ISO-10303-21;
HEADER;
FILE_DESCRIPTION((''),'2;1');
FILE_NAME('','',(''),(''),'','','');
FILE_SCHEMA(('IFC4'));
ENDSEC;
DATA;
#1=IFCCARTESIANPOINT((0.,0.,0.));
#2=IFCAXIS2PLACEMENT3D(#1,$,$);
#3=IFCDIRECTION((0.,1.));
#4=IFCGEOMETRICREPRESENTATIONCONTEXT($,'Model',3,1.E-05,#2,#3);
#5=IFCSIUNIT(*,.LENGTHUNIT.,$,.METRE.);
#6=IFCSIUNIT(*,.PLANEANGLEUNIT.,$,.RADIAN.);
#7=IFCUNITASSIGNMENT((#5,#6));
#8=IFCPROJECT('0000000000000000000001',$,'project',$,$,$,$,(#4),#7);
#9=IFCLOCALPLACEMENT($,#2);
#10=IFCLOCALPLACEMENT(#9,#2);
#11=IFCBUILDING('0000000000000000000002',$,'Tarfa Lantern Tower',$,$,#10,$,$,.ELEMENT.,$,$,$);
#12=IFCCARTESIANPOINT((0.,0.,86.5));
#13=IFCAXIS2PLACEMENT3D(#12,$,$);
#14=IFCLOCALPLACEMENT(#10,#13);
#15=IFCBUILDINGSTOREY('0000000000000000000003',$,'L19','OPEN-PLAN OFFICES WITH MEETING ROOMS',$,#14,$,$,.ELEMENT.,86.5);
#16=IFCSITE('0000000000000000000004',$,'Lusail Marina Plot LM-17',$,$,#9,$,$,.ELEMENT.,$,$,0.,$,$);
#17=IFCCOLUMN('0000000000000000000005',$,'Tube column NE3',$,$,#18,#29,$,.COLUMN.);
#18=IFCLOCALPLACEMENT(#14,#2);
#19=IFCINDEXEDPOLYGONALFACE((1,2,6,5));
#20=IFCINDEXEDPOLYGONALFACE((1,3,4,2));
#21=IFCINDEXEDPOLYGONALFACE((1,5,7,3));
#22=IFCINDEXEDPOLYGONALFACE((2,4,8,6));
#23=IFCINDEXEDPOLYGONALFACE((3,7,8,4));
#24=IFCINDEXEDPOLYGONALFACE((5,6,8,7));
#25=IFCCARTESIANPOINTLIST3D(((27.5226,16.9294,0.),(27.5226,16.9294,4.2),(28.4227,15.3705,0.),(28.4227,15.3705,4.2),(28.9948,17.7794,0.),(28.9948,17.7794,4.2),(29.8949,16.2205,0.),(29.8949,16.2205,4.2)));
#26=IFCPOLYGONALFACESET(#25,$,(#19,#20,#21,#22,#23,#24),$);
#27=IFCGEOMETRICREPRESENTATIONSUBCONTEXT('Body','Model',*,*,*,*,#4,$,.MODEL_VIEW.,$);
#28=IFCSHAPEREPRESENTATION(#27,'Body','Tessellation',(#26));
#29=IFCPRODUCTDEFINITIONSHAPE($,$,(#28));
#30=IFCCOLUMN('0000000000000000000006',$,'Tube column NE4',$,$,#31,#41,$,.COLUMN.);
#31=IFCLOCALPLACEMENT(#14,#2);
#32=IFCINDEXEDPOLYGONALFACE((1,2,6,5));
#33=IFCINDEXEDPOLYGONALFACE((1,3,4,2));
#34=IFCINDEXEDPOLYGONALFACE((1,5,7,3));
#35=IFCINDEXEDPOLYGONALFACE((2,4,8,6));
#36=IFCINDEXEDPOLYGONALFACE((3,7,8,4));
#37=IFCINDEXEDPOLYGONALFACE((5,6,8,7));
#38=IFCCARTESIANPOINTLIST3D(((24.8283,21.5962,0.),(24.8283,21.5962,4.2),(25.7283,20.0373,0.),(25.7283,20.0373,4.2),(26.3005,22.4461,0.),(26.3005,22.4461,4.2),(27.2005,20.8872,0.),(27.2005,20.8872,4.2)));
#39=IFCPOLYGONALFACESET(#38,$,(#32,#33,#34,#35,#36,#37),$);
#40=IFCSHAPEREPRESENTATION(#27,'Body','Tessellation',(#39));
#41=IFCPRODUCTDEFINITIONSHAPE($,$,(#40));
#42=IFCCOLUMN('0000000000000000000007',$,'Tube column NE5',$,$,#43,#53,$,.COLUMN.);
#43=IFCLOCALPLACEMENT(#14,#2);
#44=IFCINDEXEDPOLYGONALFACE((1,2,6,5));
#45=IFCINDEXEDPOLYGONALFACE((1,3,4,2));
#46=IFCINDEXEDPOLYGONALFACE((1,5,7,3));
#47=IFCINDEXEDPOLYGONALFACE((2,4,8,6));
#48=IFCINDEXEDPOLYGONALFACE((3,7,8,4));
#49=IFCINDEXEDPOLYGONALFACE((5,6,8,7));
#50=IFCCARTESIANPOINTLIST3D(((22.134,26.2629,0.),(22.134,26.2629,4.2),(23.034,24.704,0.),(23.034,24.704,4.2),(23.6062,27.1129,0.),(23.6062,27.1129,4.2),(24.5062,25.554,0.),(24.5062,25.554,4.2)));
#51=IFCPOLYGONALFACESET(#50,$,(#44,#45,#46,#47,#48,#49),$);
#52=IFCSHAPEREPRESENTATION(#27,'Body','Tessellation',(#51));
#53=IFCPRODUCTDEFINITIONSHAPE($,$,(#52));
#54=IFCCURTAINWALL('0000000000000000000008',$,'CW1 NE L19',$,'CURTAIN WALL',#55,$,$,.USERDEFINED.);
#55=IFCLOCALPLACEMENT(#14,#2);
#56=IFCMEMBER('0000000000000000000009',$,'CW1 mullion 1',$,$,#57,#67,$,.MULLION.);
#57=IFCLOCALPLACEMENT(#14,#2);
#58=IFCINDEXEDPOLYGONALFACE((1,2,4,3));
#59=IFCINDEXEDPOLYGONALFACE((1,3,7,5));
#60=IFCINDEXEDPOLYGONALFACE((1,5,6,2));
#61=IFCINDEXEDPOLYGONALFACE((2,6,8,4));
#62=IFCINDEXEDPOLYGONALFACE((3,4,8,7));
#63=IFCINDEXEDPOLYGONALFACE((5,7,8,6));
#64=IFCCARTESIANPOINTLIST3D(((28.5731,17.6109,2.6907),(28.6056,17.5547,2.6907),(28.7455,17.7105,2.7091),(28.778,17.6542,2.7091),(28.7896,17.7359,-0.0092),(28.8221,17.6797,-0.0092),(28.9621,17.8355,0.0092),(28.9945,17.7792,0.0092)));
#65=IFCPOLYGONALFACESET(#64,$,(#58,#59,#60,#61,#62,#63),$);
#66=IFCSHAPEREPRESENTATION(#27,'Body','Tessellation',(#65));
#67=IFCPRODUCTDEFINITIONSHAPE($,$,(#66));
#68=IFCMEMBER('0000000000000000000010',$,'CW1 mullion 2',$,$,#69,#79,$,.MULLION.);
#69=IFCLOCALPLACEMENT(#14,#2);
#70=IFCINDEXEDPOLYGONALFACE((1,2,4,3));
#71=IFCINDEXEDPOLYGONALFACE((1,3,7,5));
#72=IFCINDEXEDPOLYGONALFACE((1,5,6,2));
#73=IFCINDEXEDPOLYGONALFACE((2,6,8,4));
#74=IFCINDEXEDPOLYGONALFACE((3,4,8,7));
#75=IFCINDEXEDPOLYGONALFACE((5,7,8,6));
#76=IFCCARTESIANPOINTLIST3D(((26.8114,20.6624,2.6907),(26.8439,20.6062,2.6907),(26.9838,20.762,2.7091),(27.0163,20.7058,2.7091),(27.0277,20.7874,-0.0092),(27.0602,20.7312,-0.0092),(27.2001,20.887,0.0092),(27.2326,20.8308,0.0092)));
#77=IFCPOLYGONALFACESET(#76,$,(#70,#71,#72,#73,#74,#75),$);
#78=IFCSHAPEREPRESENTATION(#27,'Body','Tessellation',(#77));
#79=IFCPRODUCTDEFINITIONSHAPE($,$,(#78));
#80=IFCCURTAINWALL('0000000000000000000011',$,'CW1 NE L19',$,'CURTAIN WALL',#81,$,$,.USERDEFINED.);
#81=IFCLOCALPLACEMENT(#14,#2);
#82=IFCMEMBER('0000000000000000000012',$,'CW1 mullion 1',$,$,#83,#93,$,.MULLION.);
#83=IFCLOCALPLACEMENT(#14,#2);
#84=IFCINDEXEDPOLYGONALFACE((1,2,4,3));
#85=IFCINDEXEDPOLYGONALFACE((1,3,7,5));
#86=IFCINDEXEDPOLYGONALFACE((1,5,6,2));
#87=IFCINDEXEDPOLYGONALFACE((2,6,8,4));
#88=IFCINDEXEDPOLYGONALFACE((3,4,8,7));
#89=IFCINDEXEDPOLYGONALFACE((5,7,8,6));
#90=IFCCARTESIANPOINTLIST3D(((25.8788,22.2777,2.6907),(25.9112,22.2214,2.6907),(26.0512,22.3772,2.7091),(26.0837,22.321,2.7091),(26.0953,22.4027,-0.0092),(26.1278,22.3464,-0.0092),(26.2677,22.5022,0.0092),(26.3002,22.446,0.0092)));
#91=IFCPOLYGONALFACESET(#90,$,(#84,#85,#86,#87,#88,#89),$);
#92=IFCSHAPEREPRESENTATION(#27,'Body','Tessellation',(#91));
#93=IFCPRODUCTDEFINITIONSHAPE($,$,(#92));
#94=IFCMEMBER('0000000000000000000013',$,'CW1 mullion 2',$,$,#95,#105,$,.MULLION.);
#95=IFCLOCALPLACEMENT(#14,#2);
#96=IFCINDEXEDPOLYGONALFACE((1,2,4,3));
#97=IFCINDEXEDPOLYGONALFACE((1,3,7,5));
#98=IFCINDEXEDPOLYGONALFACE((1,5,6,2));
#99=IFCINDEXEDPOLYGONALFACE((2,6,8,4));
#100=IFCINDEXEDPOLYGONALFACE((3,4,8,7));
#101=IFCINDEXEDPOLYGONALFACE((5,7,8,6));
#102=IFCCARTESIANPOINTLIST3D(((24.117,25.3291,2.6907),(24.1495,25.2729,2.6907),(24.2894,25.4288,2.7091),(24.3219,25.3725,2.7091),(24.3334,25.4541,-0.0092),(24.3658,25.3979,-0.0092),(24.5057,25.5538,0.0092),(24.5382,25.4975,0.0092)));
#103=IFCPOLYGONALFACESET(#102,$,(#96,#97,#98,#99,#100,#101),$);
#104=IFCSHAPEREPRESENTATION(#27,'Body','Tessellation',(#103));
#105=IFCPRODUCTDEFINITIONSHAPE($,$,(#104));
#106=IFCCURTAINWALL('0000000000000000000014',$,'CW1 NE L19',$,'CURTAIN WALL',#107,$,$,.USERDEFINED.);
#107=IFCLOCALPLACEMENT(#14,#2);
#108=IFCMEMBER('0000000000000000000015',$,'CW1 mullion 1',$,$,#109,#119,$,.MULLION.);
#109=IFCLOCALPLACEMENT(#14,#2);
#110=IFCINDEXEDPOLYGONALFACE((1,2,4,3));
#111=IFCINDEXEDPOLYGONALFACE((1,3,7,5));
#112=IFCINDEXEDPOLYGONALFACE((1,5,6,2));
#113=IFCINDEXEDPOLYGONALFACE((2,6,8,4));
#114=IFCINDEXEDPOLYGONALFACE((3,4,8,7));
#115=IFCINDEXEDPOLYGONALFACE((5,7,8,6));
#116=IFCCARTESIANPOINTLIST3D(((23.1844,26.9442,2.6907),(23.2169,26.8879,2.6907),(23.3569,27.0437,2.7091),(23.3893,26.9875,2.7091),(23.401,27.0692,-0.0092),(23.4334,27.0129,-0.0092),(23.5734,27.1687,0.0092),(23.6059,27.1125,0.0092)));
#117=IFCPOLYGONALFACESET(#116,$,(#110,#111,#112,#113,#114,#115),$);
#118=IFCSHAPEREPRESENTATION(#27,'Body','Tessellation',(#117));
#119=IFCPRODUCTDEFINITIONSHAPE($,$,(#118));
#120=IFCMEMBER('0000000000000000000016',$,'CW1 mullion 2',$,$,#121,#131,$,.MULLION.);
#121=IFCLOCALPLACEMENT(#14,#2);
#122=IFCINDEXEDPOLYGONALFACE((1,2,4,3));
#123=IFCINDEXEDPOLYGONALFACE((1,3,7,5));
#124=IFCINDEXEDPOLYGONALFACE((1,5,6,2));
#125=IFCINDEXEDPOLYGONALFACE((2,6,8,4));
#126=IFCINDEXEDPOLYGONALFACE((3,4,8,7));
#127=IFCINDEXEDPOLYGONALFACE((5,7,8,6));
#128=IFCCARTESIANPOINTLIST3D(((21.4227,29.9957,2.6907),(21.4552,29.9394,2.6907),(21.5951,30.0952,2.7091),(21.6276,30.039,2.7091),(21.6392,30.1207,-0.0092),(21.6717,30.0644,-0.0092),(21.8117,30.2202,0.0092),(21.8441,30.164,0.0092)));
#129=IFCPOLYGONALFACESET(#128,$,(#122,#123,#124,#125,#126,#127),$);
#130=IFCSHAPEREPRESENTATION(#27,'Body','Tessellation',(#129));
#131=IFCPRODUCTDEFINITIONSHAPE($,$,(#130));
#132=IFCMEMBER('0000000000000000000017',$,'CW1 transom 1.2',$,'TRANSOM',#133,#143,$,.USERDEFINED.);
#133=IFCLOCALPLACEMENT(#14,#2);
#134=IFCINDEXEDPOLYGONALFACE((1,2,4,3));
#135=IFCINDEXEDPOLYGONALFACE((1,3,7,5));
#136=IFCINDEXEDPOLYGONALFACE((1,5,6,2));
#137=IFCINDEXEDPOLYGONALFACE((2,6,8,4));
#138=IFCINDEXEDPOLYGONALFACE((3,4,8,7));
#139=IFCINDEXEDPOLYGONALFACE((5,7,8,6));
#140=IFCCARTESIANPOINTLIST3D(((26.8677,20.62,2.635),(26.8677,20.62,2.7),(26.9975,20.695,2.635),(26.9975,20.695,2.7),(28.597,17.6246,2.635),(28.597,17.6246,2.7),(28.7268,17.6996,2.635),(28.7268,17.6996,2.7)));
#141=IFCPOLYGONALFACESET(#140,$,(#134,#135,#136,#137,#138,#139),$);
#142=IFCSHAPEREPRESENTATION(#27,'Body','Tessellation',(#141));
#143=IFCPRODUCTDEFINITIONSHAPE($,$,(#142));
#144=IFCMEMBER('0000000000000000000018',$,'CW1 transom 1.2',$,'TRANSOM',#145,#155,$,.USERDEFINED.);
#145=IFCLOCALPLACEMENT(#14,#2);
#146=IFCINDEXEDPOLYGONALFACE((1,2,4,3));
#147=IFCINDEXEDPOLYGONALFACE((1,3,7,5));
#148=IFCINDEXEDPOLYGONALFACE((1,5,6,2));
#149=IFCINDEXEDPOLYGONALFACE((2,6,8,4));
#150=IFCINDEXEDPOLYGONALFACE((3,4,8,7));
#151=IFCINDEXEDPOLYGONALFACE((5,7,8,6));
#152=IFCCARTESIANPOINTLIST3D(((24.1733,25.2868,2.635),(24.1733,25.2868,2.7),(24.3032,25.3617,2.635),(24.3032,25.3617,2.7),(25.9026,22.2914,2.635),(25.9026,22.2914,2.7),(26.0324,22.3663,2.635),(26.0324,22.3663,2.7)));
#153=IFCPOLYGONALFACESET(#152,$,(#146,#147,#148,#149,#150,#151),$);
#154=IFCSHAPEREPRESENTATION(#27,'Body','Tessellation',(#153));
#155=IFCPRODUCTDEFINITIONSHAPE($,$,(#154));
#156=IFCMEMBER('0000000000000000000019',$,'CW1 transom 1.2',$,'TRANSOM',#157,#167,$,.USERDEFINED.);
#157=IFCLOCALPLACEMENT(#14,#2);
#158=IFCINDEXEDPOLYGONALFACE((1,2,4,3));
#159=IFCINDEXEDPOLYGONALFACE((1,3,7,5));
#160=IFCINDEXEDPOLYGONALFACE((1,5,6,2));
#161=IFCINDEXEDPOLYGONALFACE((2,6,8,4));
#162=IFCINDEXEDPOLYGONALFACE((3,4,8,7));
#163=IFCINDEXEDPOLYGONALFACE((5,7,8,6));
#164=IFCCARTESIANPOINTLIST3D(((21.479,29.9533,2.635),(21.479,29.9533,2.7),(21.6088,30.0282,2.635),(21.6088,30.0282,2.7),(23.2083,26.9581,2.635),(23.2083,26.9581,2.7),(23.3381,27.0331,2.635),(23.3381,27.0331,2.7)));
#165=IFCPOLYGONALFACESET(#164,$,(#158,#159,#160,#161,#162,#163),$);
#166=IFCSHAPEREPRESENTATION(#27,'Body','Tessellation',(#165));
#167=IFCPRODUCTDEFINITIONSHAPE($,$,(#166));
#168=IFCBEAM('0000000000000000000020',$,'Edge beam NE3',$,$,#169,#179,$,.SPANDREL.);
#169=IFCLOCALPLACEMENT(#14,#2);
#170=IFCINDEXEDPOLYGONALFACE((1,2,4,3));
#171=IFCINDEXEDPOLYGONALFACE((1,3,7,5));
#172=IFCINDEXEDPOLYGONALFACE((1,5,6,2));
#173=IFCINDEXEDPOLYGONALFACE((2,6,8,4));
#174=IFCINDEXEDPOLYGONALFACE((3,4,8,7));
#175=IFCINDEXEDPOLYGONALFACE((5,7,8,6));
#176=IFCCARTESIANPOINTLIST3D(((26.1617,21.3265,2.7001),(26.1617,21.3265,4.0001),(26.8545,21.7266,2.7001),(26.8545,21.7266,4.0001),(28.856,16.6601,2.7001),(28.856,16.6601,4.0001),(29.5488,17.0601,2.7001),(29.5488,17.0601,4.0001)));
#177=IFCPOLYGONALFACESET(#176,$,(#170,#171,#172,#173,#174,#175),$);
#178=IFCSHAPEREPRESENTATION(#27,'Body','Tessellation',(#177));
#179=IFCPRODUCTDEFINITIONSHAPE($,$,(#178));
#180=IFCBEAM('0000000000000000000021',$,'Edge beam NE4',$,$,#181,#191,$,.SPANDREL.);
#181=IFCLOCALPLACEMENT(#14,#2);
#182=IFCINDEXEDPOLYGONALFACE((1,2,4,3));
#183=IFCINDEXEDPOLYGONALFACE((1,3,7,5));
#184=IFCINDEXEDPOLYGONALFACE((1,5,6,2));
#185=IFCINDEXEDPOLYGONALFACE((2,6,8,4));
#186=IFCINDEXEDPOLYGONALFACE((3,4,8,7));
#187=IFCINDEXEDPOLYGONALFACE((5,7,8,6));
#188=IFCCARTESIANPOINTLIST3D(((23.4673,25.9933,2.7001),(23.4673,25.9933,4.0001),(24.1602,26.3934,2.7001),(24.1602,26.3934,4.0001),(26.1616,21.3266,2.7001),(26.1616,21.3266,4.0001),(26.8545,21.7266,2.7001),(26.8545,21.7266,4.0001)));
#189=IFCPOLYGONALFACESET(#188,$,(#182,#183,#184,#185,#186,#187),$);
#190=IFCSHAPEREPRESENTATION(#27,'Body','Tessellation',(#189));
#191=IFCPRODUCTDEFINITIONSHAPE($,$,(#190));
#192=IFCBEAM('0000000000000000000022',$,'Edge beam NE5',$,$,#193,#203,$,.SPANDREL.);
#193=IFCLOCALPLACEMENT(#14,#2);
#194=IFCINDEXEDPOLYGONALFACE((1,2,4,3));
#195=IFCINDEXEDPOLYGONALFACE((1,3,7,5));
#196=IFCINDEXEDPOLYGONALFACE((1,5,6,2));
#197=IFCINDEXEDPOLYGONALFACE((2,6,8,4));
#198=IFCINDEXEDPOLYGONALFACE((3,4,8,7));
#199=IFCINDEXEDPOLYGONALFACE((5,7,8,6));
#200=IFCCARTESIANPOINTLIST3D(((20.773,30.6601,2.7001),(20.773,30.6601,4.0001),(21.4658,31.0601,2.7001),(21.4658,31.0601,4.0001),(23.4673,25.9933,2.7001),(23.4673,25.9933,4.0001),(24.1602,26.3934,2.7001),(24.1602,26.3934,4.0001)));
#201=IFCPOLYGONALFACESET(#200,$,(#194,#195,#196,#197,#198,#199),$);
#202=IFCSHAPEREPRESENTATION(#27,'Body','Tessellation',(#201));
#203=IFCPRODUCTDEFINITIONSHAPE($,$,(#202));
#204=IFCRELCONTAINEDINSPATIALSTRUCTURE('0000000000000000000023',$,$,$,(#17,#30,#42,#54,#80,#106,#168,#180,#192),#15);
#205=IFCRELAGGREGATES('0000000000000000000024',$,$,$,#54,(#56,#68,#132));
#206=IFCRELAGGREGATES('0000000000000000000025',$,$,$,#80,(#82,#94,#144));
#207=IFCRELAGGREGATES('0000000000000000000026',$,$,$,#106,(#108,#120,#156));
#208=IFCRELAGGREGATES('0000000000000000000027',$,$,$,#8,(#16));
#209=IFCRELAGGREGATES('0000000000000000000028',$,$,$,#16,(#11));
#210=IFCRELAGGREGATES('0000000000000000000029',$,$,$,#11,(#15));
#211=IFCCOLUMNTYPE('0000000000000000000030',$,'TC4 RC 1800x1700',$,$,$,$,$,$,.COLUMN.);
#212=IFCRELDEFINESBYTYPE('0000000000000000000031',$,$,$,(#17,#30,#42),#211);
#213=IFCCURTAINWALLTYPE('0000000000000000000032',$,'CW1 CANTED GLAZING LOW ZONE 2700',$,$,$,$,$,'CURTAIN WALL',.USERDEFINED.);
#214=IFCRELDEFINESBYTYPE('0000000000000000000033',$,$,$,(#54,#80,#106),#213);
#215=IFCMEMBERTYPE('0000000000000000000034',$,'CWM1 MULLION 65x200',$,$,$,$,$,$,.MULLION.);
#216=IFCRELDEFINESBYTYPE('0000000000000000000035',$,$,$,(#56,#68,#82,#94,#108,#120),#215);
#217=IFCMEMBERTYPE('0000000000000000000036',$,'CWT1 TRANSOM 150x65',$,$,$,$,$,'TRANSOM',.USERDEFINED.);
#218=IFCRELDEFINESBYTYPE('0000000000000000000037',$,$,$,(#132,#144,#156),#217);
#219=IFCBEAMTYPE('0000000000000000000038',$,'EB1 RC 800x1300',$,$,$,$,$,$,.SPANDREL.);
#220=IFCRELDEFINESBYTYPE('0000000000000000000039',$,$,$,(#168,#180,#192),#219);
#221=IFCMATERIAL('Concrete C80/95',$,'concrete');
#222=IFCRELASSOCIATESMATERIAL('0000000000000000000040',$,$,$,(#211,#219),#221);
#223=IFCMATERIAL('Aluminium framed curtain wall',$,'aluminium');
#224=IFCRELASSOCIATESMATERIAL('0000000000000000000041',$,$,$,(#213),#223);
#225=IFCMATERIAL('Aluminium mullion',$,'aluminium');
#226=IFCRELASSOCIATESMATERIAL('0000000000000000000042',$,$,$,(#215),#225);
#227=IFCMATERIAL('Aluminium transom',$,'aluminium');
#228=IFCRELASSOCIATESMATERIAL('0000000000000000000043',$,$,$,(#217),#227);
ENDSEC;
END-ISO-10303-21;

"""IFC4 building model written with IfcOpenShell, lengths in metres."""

from ifc_helpers import new_model, si_unit, direction, frame, origin, origin_2d, place, context, subcontext, project, spatial, rectangle, extrude, material, material_profile, profile_set, type_object, element, aggregate, save


model = new_model("IFC4")

# Units and contexts
model_context = context("Model", 3, precision=1e-05, world=origin(), true_north=direction((0.0, 1.0)))
body_context = subcontext(model_context, "Body", "Model", "MODEL_VIEW")
ifc_project = project(units=[si_unit("LENGTHUNIT", "METRE"), si_unit("PLANEANGLEUNIT", "RADIAN")], contexts=[model_context])

# Site, building, storey
site_placement = place(None, origin())
site = spatial("IfcSite", under=ifc_project, at=site_placement, Name="Lusail Marina Plot LM-17", CompositionType="ELEMENT", RefElevation=0.0)
building_placement = place(site_placement, origin())
building = spatial("IfcBuilding", under=site, at=building_placement, Name="Tarfa Lantern Tower", CompositionType="ELEMENT")
storey_placement = place(building_placement, frame((0.0, 0.0, 86.5)))
storey = spatial("IfcBuildingStorey", under=building, at=storey_placement, Name="L19", Description="OPEN-PLAN OFFICES WITH MEETING ROOMS", CompositionType="ELEMENT", Elevation=86.5)

# Columns
ifc_material_1 = material(Name="Concrete C80/95", Category="concrete")
ifc_material_profile_1 = material_profile(ifc_material_1, rectangle(XDim=1.8, YDim=1.7, at=origin_2d()), Name="RC 1800x1700")
ifc_profile_set_1 = profile_set([ifc_material_profile_1], Name="Concrete C80/95")
column_type = type_object("IfcColumnType", Name="TC4 RC 1800x1700", PredefinedType="COLUMN", material=ifc_profile_set_1)
for number, where, z_axis, x_axis, name in (
    (1, (28.7087, 16.575, 0.0), (0.0, 0.0, 1.0), (-0.5, 0.866025, 0.0), "Tube column NE3"),
    (2, (26.0144, 21.2417, 0.0), (0.0, 0.0, 1.0), (-0.5, 0.866025, 0.0), "Tube column NE4"),
    (3, (23.3201, 25.9084, 0.0), (0.0, 0.0, 1.0), (-0.5, 0.866025, 0.0), "Tube column NE5"),
):
    element("IfcColumn", number, at=place(storey_placement, frame(where, z_axis=z_axis, x_axis=x_axis)), inside=storey, type_object=column_type, Name=name, PredefinedType="COLUMN", context=body_context, shape_type="SweptSolid", body=[
        extrude(rectangle(XDim=1.8, YDim=1.7, at=origin_2d()), origin(), (0.0, 0.0, 1.0), 4.2),
    ])

# Curtain walls, members
ifc_material_2 = material(Name="Aluminium framed curtain wall", Category="aluminium")
curtain_wall_type = type_object("IfcCurtainWallType", Name="CW1 CANTED GLAZING LOW ZONE 2700", ElementType="CURTAIN WALL", PredefinedType="USERDEFINED", material=ifc_material_2)
curtain_wall_1_placement = place(storey_placement, origin())
curtain_wall_1 = element("IfcCurtainWall", 4, at=curtain_wall_1_placement, inside=storey, type_object=curtain_wall_type, Name="CW1 NE L19", ObjectType="CURTAIN WALL", PredefinedType="USERDEFINED")
ifc_material_3 = material(Name="Aluminium mullion", Category="aluminium")
ifc_material_profile_2 = material_profile(ifc_material_3, rectangle(XDim=0.0649, YDim=0.2, at=origin_2d()), Name="AL MULLION 65x200")
ifc_profile_set_2 = profile_set([ifc_material_profile_2], Name="Aluminium mullion")
member_type_1 = type_object("IfcMemberType", Name="CWM1 MULLION 65x200", PredefinedType="MULLION", material=ifc_profile_set_2)
member_1_placement = place(storey_placement, frame((28.8921, 17.7576, 0.0), z_axis=(-0.079864, -0.0461, 0.995739), x_axis=(0.49992, -0.866072, 0.0)))
member_1 = element("IfcMember", 5, at=member_1_placement, type_object=member_type_1, Name="CW1 mullion 1", PredefinedType="MULLION", context=body_context, shape_type="SweptSolid", body=[
    extrude(rectangle(XDim=0.0649, YDim=0.2, at=origin_2d()), origin(), (0.0, 0.0, 1.0), 2.7114),
])
member_2_placement = place(storey_placement, frame((27.1301, 20.8091, 0.0), z_axis=(-0.079775, -0.0461, 0.995746), x_axis=(0.500343, -0.865827, 0.0)))
member_2 = element("IfcMember", 6, at=member_2_placement, type_object=member_type_1, Name="CW1 mullion 2", PredefinedType="MULLION", context=body_context, shape_type="SweptSolid", body=[
    extrude(rectangle(XDim=0.0649, YDim=0.2, at=origin_2d()), origin(), (0.0, 0.0, 1.0), 2.7114),
])
curtain_wall_2_placement = place(storey_placement, origin())
curtain_wall_2 = element("IfcCurtainWall", 7, at=curtain_wall_2_placement, inside=storey, type_object=curtain_wall_type, Name="CW1 NE L19", ObjectType="CURTAIN WALL", PredefinedType="USERDEFINED")
member_3_placement = place(storey_placement, frame((26.1978, 22.4243, 0.0), z_axis=(-0.079864, -0.0461, 0.995739), x_axis=(0.49992, -0.866072, 0.0)))
member_3 = element("IfcMember", 8, at=member_3_placement, type_object=member_type_1, Name="CW1 mullion 1", PredefinedType="MULLION", context=body_context, shape_type="SweptSolid", body=[
    extrude(rectangle(XDim=0.0649, YDim=0.2, at=origin_2d()), origin(), (0.0, 0.0, 1.0), 2.7114),
])
member_4_placement = place(storey_placement, frame((24.4358, 25.4758, 0.0), z_axis=(-0.079775, -0.0461, 0.995746), x_axis=(0.500343, -0.865827, 0.0)))
member_4 = element("IfcMember", 9, at=member_4_placement, type_object=member_type_1, Name="CW1 mullion 2", PredefinedType="MULLION", context=body_context, shape_type="SweptSolid", body=[
    extrude(rectangle(XDim=0.0649, YDim=0.2, at=origin_2d()), origin(), (0.0, 0.0, 1.0), 2.7114),
])
curtain_wall_3_placement = place(storey_placement, origin())
curtain_wall_3 = element("IfcCurtainWall", 10, at=curtain_wall_3_placement, inside=storey, type_object=curtain_wall_type, Name="CW1 NE L19", ObjectType="CURTAIN WALL", PredefinedType="USERDEFINED")
member_5_placement = place(storey_placement, frame((23.5034, 27.0908, 0.0), z_axis=(-0.079864, -0.0461, 0.995739), x_axis=(0.49992, -0.866072, 0.0)))
member_5 = element("IfcMember", 11, at=member_5_placement, type_object=member_type_1, Name="CW1 mullion 1", PredefinedType="MULLION", context=body_context, shape_type="SweptSolid", body=[
    extrude(rectangle(XDim=0.0649, YDim=0.2, at=origin_2d()), origin(), (0.0, 0.0, 1.0), 2.7114),
])
member_6_placement = place(storey_placement, frame((21.7417, 30.1423, 0.0), z_axis=(-0.079864, -0.0461, 0.995739), x_axis=(0.49992, -0.866072, 0.0)))
member_6 = element("IfcMember", 12, at=member_6_placement, type_object=member_type_1, Name="CW1 mullion 2", PredefinedType="MULLION", context=body_context, shape_type="SweptSolid", body=[
    extrude(rectangle(XDim=0.0649, YDim=0.2, at=origin_2d()), origin(), (0.0, 0.0, 1.0), 2.7114),
])

# Members
ifc_material_4 = material(Name="Aluminium transom", Category="aluminium")
ifc_material_profile_3 = material_profile(ifc_material_4, rectangle(XDim=0.1499, YDim=0.0649, at=origin_2d()), Name="AL TRANSOM 150x65")
ifc_profile_set_3 = profile_set([ifc_material_profile_3], Name="Aluminium transom")
member_type_2 = type_object("IfcMemberType", Name="CWT1 TRANSOM 150x65", ElementType="TRANSOM", PredefinedType="USERDEFINED", material=ifc_profile_set_3)
member_7_placement = place(storey_placement, frame((28.6619, 17.6621, 2.6675), z_axis=(-0.499973, 0.866041, 0.0), x_axis=(-0.866041, -0.499973, 0.0)))
member_7 = element("IfcMember", 13, at=member_7_placement, type_object=member_type_2, Name="CW1 transom 1.2", ObjectType="TRANSOM", PredefinedType="USERDEFINED", context=body_context, shape_type="SweptSolid", body=[
    extrude(rectangle(XDim=0.1499, YDim=0.0649, at=origin_2d()), origin(), (0.0, 0.0, 1.0), 3.4587),
])
member_8_placement = place(storey_placement, frame((25.9675, 22.3289, 2.6675), z_axis=(-0.499973, 0.866041, 0.0), x_axis=(-0.866041, -0.499973, 0.0)))
member_8 = element("IfcMember", 14, at=member_8_placement, type_object=member_type_2, Name="CW1 transom 1.2", ObjectType="TRANSOM", PredefinedType="USERDEFINED", context=body_context, shape_type="SweptSolid", body=[
    extrude(rectangle(XDim=0.1499, YDim=0.0649, at=origin_2d()), origin(), (0.0, 0.0, 1.0), 3.4587),
])
member_9_placement = place(storey_placement, frame((23.2732, 26.9956, 2.6675), z_axis=(-0.500004, 0.866023, 0.0), x_axis=(-0.866023, -0.500004, 0.0)))
member_9 = element("IfcMember", 15, at=member_9_placement, type_object=member_type_2, Name="CW1 transom 1.2", ObjectType="TRANSOM", PredefinedType="USERDEFINED", context=body_context, shape_type="SweptSolid", body=[
    extrude(rectangle(XDim=0.1499, YDim=0.0649, at=origin_2d()), origin(), (0.0, 0.0, 1.0), 3.4585),
])

# Beams
ifc_material_profile_4 = material_profile(ifc_material_1, rectangle(XDim=0.8, YDim=1.3, at=origin_2d()), Name="RC 800x1300")
ifc_profile_set_4 = profile_set([ifc_material_profile_4], Name="Concrete C80/95")
beam_type_1 = type_object("IfcBeamType", Name="EB1 RC 800x1300", PredefinedType="SPANDREL", material=ifc_profile_set_4)
beam_1_placement = place(storey_placement, frame((29.2024, 16.8601, 3.3501), z_axis=(-0.500018, 0.866015, 0.0), x_axis=(-0.866015, -0.500018, 0.0)))
element("IfcBeam", 16, at=beam_1_placement, inside=storey, type_object=beam_type_1, Name="Edge beam NE3", PredefinedType="SPANDREL", context=body_context, shape_type="SweptSolid", body=[
    extrude(rectangle(XDim=0.8, YDim=1.3, at=origin_2d()), origin(), (0.0, 0.0, 1.0), 5.3884),
])
for number, where, z_axis, x_axis, name in (
    (17, (26.5081, 21.5266, 3.3501), (-0.499998, 0.866026, 0.0), (-0.866026, -0.499998, 0.0), "Edge beam NE4"),
    (18, (23.8137, 26.1934, 3.3501), (-0.499998, 0.866026, 0.0), (-0.866026, -0.499998, 0.0), "Edge beam NE5"),
):
    element("IfcBeam", number, at=place(storey_placement, frame(where, z_axis=z_axis, x_axis=x_axis)), inside=storey, type_object=beam_type_1, Name=name, PredefinedType="SPANDREL", context=body_context, shape_type="SweptSolid", body=[
        extrude(rectangle(XDim=0.8, YDim=1.3, at=origin_2d()), origin(), (0.0, 0.0, 1.0), 5.3887),
    ])

aggregate(curtain_wall_1, [member_1, member_2, member_7])
aggregate(curtain_wall_2, [member_3, member_4, member_8])
aggregate(curtain_wall_3, [member_5, member_6, member_9])

save(model, "model.ifc")
